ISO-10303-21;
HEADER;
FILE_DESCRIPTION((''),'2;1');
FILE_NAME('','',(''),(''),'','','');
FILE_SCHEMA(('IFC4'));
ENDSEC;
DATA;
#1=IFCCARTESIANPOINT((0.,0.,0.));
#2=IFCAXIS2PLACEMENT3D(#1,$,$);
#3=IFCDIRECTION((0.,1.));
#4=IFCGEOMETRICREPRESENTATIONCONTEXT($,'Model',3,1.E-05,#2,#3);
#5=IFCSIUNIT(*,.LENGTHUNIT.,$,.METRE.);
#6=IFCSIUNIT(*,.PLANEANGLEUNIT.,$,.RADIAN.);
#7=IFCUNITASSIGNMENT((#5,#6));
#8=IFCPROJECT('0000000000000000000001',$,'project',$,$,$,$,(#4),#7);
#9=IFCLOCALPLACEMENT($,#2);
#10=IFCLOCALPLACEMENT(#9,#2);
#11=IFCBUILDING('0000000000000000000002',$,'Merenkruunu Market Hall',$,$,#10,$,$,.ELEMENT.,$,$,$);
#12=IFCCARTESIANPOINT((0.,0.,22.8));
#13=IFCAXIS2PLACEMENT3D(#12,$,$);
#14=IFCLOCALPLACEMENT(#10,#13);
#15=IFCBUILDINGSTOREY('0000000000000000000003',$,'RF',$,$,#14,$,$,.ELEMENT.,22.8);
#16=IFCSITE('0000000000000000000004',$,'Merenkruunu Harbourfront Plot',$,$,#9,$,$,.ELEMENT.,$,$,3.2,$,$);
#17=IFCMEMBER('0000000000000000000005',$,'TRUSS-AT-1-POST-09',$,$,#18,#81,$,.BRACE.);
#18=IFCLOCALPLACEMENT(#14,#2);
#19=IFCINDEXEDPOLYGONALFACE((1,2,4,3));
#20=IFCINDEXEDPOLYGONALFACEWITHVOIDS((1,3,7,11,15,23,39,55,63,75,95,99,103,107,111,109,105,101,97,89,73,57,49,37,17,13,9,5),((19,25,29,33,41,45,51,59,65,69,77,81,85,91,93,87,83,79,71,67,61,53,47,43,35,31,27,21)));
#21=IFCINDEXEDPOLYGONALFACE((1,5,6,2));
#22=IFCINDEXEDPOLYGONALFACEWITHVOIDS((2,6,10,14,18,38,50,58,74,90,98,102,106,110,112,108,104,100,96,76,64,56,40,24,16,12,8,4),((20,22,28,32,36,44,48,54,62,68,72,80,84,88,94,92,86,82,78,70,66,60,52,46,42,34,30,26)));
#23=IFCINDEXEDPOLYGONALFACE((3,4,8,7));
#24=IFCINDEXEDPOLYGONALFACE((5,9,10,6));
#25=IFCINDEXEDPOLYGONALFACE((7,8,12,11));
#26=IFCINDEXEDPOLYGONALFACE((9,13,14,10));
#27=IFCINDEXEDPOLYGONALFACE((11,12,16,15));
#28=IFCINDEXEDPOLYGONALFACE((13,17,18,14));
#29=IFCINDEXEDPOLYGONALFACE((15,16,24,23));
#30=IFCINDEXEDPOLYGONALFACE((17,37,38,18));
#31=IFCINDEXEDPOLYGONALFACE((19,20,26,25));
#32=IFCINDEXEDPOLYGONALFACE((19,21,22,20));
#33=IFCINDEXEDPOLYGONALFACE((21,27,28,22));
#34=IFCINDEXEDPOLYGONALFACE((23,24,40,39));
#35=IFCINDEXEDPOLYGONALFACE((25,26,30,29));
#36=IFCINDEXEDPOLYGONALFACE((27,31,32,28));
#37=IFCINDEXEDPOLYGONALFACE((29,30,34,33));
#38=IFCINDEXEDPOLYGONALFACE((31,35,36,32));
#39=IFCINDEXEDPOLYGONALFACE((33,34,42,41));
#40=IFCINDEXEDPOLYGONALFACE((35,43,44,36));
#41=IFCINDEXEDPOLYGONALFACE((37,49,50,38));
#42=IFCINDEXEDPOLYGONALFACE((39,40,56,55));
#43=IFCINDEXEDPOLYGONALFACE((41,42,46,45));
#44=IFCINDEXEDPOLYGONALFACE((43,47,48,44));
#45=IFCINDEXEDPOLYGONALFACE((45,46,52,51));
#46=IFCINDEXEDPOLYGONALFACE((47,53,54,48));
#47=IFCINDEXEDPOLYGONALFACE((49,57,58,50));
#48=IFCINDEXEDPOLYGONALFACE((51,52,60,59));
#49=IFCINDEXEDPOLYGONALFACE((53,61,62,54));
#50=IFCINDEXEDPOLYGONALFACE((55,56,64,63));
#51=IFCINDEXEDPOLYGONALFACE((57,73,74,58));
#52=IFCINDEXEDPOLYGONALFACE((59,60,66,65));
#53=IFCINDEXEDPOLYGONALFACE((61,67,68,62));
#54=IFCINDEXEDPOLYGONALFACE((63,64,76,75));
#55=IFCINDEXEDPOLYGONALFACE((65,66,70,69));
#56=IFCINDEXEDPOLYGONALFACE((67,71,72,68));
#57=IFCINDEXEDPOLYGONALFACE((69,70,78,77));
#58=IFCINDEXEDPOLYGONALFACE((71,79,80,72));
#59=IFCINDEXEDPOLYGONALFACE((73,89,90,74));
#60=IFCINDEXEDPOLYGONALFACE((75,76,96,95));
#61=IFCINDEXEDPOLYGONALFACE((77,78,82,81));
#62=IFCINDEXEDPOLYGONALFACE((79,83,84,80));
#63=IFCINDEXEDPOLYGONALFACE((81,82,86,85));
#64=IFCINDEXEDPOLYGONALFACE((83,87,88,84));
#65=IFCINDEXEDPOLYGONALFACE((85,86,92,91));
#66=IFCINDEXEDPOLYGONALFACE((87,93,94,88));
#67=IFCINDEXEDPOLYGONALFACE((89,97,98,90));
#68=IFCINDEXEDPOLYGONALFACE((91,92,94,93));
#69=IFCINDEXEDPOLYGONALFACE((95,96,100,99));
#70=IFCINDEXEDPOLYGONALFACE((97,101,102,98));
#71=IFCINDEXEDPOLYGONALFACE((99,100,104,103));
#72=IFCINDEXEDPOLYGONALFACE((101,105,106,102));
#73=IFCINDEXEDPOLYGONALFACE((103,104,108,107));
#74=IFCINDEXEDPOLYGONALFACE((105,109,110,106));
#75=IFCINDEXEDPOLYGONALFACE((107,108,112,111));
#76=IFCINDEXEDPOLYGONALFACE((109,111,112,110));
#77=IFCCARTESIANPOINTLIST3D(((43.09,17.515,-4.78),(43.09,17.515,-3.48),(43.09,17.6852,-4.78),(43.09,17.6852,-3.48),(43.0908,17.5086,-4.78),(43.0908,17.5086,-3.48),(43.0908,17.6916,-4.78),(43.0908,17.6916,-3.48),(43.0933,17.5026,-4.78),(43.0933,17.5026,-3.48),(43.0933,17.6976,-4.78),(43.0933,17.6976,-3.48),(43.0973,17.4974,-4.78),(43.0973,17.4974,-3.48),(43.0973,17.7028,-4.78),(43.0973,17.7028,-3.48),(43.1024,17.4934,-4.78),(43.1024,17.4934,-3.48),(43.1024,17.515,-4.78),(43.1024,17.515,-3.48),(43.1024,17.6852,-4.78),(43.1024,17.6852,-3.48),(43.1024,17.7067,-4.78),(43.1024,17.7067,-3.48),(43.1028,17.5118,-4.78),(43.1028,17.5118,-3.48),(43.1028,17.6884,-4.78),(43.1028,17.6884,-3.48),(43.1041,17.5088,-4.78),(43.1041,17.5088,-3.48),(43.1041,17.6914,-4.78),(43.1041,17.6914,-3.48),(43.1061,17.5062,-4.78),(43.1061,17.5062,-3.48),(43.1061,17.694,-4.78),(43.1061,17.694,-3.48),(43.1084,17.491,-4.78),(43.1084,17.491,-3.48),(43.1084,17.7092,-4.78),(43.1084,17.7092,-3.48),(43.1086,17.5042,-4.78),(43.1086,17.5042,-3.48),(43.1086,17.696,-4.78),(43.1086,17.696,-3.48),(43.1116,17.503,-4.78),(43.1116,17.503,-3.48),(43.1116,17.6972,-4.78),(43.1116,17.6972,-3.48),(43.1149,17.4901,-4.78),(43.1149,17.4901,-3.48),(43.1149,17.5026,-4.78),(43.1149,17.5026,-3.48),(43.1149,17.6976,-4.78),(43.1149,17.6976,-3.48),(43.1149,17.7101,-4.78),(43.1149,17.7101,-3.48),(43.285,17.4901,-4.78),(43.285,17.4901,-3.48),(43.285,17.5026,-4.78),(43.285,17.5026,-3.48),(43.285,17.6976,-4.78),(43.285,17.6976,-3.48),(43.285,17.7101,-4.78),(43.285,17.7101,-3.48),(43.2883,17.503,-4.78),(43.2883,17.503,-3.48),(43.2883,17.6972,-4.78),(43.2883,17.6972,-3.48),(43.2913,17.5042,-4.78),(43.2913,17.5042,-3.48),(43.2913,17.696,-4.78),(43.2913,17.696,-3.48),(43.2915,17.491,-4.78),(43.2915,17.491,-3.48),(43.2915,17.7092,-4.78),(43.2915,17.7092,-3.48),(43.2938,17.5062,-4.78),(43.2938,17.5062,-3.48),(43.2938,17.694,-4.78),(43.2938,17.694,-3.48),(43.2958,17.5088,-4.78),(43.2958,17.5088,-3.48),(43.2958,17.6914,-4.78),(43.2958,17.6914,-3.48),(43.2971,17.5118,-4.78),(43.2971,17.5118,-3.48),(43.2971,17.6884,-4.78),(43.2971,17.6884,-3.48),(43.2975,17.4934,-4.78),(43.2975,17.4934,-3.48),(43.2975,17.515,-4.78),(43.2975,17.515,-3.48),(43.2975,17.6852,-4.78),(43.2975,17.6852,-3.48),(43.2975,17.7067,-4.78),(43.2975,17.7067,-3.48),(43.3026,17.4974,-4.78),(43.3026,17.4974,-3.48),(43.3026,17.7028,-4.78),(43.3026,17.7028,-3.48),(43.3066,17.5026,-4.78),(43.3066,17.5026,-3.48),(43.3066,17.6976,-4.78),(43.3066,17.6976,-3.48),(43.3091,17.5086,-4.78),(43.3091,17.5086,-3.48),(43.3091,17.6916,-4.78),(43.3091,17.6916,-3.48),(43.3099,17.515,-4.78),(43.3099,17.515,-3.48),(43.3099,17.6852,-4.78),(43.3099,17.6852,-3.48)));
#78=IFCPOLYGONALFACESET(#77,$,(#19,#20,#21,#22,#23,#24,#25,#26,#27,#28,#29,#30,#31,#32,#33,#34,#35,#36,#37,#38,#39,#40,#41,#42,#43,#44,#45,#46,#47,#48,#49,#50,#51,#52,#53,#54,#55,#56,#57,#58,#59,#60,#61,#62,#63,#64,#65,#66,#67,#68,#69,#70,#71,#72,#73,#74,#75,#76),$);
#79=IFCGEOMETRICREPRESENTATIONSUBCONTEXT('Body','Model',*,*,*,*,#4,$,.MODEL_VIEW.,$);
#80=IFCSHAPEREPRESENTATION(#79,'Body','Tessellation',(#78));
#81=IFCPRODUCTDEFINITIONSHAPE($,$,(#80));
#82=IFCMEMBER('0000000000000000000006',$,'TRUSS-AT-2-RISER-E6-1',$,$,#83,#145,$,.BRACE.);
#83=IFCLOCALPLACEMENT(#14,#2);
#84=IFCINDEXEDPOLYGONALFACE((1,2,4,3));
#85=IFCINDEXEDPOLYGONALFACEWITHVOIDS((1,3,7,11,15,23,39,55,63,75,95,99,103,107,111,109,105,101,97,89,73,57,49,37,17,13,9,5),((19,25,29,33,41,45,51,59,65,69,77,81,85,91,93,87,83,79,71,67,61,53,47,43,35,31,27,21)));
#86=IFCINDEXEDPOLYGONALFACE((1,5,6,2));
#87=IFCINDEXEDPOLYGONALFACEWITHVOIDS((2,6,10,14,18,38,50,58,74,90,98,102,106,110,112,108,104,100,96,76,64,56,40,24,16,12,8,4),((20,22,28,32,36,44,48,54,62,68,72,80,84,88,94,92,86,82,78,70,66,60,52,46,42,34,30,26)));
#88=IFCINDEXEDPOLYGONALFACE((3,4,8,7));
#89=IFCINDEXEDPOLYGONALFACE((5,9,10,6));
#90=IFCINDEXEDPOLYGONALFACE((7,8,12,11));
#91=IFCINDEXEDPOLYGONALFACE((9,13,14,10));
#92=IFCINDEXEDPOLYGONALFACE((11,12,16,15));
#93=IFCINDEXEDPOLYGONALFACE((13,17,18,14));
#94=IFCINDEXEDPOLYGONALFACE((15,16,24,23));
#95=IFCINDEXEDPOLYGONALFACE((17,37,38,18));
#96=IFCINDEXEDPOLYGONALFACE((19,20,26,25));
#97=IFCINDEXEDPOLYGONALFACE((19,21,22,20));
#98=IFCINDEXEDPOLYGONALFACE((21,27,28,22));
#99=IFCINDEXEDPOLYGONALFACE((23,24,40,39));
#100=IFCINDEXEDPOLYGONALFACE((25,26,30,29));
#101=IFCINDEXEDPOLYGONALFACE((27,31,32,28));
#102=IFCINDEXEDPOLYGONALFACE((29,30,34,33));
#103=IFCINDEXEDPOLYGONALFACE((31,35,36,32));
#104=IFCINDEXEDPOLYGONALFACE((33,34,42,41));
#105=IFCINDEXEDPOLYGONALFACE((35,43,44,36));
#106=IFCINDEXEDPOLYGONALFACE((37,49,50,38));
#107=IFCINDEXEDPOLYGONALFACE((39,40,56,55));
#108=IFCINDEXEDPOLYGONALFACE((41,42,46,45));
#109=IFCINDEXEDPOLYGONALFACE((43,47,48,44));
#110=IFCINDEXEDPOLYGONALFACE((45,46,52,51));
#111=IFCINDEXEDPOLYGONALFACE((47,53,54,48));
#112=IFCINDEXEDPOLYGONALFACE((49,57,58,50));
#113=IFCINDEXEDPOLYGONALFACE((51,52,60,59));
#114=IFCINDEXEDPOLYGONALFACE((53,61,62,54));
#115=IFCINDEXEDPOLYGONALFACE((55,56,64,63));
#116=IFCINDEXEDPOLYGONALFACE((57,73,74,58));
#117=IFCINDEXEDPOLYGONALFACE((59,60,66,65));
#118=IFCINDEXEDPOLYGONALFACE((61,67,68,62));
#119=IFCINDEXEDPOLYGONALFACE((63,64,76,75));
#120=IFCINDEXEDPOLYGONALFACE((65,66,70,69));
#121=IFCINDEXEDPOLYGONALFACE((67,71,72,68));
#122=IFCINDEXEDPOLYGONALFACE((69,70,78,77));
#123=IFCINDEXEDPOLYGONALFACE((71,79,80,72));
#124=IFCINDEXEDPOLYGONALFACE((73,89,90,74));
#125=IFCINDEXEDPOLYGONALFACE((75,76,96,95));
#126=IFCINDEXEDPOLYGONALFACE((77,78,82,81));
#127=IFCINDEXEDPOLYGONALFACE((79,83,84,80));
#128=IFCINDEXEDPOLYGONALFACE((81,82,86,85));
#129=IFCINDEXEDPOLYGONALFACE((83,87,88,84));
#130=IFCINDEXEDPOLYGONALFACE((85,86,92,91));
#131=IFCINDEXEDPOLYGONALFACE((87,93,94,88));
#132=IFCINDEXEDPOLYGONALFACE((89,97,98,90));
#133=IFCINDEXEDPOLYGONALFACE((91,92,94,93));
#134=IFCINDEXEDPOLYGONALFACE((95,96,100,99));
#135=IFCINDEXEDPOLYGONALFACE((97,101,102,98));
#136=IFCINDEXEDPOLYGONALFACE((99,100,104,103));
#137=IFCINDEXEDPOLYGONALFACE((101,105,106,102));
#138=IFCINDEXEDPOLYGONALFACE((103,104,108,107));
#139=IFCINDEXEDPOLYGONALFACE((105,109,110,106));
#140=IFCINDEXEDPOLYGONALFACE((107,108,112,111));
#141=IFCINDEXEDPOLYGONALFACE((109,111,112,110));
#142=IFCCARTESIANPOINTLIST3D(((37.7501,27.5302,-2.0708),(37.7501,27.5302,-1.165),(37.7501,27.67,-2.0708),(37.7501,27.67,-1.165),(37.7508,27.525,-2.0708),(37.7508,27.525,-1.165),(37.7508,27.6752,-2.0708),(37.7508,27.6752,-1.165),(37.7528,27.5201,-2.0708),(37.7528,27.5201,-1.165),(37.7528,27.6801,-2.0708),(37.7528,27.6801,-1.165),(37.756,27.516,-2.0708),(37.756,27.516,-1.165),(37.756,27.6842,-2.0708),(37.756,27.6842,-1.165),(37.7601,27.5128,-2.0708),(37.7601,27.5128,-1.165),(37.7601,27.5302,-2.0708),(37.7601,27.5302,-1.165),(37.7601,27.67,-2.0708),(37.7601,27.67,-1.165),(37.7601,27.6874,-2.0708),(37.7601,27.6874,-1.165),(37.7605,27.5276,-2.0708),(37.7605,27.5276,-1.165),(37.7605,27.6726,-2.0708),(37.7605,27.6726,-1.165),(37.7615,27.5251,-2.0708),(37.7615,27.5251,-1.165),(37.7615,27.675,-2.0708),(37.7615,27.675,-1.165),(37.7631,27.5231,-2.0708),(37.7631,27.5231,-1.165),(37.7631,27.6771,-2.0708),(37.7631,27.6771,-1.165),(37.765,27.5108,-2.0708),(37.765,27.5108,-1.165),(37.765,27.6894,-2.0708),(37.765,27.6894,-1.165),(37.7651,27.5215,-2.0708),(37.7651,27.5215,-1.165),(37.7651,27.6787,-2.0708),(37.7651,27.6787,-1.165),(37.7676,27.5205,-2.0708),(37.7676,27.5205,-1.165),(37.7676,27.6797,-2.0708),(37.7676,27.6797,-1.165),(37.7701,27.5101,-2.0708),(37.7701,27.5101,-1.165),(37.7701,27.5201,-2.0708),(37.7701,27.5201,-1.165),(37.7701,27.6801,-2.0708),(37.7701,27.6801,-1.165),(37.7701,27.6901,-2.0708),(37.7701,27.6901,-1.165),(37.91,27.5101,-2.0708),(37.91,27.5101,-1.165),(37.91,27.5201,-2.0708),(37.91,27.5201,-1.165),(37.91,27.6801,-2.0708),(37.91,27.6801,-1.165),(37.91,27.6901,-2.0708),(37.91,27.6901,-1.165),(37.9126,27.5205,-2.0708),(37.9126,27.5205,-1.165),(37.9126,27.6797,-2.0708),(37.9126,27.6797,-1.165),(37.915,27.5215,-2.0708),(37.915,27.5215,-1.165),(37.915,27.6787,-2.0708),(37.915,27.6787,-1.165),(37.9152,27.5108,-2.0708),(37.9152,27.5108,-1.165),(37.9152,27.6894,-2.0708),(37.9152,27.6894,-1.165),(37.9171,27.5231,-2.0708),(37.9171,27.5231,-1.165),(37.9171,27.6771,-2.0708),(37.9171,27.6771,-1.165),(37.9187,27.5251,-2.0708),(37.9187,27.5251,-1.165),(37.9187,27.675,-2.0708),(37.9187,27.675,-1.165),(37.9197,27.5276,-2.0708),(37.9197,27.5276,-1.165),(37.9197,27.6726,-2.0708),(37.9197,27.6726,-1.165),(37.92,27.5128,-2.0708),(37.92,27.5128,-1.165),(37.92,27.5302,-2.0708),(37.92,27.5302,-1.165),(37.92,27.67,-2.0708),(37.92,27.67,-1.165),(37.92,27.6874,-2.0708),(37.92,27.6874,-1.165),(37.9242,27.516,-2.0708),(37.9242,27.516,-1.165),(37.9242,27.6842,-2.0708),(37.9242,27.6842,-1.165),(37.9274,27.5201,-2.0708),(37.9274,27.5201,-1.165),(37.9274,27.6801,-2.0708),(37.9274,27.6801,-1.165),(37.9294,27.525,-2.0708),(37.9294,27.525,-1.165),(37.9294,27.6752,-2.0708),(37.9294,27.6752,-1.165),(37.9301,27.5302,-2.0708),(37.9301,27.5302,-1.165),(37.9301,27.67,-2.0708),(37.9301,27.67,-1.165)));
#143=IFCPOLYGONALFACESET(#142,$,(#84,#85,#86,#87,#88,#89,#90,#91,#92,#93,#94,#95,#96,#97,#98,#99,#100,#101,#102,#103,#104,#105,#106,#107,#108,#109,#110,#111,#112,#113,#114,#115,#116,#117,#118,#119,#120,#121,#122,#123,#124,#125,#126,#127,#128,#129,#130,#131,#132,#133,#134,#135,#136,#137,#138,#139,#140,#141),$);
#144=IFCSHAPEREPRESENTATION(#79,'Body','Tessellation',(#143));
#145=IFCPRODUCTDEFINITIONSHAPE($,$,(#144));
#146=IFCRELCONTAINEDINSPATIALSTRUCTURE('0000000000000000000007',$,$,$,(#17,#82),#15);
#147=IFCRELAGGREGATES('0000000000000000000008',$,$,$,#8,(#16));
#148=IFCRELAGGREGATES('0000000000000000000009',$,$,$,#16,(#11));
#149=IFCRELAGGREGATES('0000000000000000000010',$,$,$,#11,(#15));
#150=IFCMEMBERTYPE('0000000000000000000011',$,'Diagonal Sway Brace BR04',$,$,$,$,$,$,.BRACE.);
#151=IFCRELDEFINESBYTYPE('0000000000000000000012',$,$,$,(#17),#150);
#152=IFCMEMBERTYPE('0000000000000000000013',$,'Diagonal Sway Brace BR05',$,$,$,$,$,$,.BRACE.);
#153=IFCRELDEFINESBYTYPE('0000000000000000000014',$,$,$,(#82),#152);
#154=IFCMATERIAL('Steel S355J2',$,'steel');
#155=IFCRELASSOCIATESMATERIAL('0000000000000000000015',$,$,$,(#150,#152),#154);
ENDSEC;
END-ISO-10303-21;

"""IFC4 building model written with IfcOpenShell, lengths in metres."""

from ifc_helpers import new_model, si_unit, direction, frame, origin, origin_2d, place, context, subcontext, project, spatial, hollow_rectangle, extrude, material, material_profile, profile_set, type_object, element, save


model = new_model("IFC4")

# Units and contexts
model_context = context("Model", 3, precision=1e-05, world=origin(), true_north=direction((0.0, 1.0)))
body_context = subcontext(model_context, "Body", "Model", "MODEL_VIEW")
ifc_project = project(units=[si_unit("LENGTHUNIT", "METRE"), si_unit("PLANEANGLEUNIT", "RADIAN")], contexts=[model_context])

# Site, building, storey
site_placement = place(None, origin())
site = spatial("IfcSite", under=ifc_project, at=site_placement, Name="Merenkruunu Harbourfront Plot", CompositionType="ELEMENT", RefElevation=3.2)
building_placement = place(site_placement, origin())
building = spatial("IfcBuilding", under=site, at=building_placement, Name="Merenkruunu Market Hall", CompositionType="ELEMENT")
storey_placement = place(building_placement, frame((0.0, 0.0, 22.8)))
storey = spatial("IfcBuildingStorey", under=building, at=storey_placement, Name="RF", CompositionType="ELEMENT", Elevation=22.8)

# Members
ifc_material_1 = material(Name="Steel S355J2", Category="steel")
ifc_material_profile_1 = material_profile(ifc_material_1, hollow_rectangle(XDim=0.22, YDim=0.22, WallThickness=0.0125, InnerFilletRadius=0.0125, OuterFilletRadius=0.0249, at=origin_2d()), Name="SHS 220x220x12.5")
ifc_profile_set_1 = profile_set([ifc_material_profile_1], Name="Steel S355J2")
member_type_1 = type_object("IfcMemberType", Name="Diagonal Sway Brace BR04", PredefinedType="BRACE", material=ifc_profile_set_1)
member_1_placement = place(storey_placement, frame((43.2, 17.6001, -4.78), z_axis=(0.0, 0.0, 1.0), x_axis=(1.0, 0.0, 0.0)))
element("IfcMember", 1, at=member_1_placement, inside=storey, type_object=member_type_1, Name="TRUSS-AT-1-POST-09", PredefinedType="BRACE", context=body_context, shape_type="SweptSolid", body=[
    extrude(hollow_rectangle(XDim=0.22, YDim=0.22, WallThickness=0.0125, InnerFilletRadius=0.0125, OuterFilletRadius=0.0249, at=origin_2d()), origin(), (0.0, 0.0, 1.0), 1.3),
])
ifc_material_profile_2 = material_profile(ifc_material_1, hollow_rectangle(XDim=0.1799, YDim=0.1799, WallThickness=0.01, InnerFilletRadius=0.01, OuterFilletRadius=0.02, at=origin_2d()), Name="SHS 180x180x10")
ifc_profile_set_2 = profile_set([ifc_material_profile_2], Name="Steel S355J2")
member_type_2 = type_object("IfcMemberType", Name="Diagonal Sway Brace BR05", PredefinedType="BRACE", material=ifc_profile_set_2)
member_2_placement = place(storey_placement, frame((37.8401, 27.6001, -2.0708), z_axis=(0.0, 0.0, 1.0), x_axis=(1.0, 0.0, 0.0)))
element("IfcMember", 2, at=member_2_placement, inside=storey, type_object=member_type_2, Name="TRUSS-AT-2-RISER-E6-1", PredefinedType="BRACE", context=body_context, shape_type="SweptSolid", body=[
    extrude(hollow_rectangle(XDim=0.1799, YDim=0.1799, WallThickness=0.01, InnerFilletRadius=0.01, OuterFilletRadius=0.02, at=origin_2d()), origin(), (0.0, 0.0, 1.0), 0.9058),
])

save(model, "model.ifc")
